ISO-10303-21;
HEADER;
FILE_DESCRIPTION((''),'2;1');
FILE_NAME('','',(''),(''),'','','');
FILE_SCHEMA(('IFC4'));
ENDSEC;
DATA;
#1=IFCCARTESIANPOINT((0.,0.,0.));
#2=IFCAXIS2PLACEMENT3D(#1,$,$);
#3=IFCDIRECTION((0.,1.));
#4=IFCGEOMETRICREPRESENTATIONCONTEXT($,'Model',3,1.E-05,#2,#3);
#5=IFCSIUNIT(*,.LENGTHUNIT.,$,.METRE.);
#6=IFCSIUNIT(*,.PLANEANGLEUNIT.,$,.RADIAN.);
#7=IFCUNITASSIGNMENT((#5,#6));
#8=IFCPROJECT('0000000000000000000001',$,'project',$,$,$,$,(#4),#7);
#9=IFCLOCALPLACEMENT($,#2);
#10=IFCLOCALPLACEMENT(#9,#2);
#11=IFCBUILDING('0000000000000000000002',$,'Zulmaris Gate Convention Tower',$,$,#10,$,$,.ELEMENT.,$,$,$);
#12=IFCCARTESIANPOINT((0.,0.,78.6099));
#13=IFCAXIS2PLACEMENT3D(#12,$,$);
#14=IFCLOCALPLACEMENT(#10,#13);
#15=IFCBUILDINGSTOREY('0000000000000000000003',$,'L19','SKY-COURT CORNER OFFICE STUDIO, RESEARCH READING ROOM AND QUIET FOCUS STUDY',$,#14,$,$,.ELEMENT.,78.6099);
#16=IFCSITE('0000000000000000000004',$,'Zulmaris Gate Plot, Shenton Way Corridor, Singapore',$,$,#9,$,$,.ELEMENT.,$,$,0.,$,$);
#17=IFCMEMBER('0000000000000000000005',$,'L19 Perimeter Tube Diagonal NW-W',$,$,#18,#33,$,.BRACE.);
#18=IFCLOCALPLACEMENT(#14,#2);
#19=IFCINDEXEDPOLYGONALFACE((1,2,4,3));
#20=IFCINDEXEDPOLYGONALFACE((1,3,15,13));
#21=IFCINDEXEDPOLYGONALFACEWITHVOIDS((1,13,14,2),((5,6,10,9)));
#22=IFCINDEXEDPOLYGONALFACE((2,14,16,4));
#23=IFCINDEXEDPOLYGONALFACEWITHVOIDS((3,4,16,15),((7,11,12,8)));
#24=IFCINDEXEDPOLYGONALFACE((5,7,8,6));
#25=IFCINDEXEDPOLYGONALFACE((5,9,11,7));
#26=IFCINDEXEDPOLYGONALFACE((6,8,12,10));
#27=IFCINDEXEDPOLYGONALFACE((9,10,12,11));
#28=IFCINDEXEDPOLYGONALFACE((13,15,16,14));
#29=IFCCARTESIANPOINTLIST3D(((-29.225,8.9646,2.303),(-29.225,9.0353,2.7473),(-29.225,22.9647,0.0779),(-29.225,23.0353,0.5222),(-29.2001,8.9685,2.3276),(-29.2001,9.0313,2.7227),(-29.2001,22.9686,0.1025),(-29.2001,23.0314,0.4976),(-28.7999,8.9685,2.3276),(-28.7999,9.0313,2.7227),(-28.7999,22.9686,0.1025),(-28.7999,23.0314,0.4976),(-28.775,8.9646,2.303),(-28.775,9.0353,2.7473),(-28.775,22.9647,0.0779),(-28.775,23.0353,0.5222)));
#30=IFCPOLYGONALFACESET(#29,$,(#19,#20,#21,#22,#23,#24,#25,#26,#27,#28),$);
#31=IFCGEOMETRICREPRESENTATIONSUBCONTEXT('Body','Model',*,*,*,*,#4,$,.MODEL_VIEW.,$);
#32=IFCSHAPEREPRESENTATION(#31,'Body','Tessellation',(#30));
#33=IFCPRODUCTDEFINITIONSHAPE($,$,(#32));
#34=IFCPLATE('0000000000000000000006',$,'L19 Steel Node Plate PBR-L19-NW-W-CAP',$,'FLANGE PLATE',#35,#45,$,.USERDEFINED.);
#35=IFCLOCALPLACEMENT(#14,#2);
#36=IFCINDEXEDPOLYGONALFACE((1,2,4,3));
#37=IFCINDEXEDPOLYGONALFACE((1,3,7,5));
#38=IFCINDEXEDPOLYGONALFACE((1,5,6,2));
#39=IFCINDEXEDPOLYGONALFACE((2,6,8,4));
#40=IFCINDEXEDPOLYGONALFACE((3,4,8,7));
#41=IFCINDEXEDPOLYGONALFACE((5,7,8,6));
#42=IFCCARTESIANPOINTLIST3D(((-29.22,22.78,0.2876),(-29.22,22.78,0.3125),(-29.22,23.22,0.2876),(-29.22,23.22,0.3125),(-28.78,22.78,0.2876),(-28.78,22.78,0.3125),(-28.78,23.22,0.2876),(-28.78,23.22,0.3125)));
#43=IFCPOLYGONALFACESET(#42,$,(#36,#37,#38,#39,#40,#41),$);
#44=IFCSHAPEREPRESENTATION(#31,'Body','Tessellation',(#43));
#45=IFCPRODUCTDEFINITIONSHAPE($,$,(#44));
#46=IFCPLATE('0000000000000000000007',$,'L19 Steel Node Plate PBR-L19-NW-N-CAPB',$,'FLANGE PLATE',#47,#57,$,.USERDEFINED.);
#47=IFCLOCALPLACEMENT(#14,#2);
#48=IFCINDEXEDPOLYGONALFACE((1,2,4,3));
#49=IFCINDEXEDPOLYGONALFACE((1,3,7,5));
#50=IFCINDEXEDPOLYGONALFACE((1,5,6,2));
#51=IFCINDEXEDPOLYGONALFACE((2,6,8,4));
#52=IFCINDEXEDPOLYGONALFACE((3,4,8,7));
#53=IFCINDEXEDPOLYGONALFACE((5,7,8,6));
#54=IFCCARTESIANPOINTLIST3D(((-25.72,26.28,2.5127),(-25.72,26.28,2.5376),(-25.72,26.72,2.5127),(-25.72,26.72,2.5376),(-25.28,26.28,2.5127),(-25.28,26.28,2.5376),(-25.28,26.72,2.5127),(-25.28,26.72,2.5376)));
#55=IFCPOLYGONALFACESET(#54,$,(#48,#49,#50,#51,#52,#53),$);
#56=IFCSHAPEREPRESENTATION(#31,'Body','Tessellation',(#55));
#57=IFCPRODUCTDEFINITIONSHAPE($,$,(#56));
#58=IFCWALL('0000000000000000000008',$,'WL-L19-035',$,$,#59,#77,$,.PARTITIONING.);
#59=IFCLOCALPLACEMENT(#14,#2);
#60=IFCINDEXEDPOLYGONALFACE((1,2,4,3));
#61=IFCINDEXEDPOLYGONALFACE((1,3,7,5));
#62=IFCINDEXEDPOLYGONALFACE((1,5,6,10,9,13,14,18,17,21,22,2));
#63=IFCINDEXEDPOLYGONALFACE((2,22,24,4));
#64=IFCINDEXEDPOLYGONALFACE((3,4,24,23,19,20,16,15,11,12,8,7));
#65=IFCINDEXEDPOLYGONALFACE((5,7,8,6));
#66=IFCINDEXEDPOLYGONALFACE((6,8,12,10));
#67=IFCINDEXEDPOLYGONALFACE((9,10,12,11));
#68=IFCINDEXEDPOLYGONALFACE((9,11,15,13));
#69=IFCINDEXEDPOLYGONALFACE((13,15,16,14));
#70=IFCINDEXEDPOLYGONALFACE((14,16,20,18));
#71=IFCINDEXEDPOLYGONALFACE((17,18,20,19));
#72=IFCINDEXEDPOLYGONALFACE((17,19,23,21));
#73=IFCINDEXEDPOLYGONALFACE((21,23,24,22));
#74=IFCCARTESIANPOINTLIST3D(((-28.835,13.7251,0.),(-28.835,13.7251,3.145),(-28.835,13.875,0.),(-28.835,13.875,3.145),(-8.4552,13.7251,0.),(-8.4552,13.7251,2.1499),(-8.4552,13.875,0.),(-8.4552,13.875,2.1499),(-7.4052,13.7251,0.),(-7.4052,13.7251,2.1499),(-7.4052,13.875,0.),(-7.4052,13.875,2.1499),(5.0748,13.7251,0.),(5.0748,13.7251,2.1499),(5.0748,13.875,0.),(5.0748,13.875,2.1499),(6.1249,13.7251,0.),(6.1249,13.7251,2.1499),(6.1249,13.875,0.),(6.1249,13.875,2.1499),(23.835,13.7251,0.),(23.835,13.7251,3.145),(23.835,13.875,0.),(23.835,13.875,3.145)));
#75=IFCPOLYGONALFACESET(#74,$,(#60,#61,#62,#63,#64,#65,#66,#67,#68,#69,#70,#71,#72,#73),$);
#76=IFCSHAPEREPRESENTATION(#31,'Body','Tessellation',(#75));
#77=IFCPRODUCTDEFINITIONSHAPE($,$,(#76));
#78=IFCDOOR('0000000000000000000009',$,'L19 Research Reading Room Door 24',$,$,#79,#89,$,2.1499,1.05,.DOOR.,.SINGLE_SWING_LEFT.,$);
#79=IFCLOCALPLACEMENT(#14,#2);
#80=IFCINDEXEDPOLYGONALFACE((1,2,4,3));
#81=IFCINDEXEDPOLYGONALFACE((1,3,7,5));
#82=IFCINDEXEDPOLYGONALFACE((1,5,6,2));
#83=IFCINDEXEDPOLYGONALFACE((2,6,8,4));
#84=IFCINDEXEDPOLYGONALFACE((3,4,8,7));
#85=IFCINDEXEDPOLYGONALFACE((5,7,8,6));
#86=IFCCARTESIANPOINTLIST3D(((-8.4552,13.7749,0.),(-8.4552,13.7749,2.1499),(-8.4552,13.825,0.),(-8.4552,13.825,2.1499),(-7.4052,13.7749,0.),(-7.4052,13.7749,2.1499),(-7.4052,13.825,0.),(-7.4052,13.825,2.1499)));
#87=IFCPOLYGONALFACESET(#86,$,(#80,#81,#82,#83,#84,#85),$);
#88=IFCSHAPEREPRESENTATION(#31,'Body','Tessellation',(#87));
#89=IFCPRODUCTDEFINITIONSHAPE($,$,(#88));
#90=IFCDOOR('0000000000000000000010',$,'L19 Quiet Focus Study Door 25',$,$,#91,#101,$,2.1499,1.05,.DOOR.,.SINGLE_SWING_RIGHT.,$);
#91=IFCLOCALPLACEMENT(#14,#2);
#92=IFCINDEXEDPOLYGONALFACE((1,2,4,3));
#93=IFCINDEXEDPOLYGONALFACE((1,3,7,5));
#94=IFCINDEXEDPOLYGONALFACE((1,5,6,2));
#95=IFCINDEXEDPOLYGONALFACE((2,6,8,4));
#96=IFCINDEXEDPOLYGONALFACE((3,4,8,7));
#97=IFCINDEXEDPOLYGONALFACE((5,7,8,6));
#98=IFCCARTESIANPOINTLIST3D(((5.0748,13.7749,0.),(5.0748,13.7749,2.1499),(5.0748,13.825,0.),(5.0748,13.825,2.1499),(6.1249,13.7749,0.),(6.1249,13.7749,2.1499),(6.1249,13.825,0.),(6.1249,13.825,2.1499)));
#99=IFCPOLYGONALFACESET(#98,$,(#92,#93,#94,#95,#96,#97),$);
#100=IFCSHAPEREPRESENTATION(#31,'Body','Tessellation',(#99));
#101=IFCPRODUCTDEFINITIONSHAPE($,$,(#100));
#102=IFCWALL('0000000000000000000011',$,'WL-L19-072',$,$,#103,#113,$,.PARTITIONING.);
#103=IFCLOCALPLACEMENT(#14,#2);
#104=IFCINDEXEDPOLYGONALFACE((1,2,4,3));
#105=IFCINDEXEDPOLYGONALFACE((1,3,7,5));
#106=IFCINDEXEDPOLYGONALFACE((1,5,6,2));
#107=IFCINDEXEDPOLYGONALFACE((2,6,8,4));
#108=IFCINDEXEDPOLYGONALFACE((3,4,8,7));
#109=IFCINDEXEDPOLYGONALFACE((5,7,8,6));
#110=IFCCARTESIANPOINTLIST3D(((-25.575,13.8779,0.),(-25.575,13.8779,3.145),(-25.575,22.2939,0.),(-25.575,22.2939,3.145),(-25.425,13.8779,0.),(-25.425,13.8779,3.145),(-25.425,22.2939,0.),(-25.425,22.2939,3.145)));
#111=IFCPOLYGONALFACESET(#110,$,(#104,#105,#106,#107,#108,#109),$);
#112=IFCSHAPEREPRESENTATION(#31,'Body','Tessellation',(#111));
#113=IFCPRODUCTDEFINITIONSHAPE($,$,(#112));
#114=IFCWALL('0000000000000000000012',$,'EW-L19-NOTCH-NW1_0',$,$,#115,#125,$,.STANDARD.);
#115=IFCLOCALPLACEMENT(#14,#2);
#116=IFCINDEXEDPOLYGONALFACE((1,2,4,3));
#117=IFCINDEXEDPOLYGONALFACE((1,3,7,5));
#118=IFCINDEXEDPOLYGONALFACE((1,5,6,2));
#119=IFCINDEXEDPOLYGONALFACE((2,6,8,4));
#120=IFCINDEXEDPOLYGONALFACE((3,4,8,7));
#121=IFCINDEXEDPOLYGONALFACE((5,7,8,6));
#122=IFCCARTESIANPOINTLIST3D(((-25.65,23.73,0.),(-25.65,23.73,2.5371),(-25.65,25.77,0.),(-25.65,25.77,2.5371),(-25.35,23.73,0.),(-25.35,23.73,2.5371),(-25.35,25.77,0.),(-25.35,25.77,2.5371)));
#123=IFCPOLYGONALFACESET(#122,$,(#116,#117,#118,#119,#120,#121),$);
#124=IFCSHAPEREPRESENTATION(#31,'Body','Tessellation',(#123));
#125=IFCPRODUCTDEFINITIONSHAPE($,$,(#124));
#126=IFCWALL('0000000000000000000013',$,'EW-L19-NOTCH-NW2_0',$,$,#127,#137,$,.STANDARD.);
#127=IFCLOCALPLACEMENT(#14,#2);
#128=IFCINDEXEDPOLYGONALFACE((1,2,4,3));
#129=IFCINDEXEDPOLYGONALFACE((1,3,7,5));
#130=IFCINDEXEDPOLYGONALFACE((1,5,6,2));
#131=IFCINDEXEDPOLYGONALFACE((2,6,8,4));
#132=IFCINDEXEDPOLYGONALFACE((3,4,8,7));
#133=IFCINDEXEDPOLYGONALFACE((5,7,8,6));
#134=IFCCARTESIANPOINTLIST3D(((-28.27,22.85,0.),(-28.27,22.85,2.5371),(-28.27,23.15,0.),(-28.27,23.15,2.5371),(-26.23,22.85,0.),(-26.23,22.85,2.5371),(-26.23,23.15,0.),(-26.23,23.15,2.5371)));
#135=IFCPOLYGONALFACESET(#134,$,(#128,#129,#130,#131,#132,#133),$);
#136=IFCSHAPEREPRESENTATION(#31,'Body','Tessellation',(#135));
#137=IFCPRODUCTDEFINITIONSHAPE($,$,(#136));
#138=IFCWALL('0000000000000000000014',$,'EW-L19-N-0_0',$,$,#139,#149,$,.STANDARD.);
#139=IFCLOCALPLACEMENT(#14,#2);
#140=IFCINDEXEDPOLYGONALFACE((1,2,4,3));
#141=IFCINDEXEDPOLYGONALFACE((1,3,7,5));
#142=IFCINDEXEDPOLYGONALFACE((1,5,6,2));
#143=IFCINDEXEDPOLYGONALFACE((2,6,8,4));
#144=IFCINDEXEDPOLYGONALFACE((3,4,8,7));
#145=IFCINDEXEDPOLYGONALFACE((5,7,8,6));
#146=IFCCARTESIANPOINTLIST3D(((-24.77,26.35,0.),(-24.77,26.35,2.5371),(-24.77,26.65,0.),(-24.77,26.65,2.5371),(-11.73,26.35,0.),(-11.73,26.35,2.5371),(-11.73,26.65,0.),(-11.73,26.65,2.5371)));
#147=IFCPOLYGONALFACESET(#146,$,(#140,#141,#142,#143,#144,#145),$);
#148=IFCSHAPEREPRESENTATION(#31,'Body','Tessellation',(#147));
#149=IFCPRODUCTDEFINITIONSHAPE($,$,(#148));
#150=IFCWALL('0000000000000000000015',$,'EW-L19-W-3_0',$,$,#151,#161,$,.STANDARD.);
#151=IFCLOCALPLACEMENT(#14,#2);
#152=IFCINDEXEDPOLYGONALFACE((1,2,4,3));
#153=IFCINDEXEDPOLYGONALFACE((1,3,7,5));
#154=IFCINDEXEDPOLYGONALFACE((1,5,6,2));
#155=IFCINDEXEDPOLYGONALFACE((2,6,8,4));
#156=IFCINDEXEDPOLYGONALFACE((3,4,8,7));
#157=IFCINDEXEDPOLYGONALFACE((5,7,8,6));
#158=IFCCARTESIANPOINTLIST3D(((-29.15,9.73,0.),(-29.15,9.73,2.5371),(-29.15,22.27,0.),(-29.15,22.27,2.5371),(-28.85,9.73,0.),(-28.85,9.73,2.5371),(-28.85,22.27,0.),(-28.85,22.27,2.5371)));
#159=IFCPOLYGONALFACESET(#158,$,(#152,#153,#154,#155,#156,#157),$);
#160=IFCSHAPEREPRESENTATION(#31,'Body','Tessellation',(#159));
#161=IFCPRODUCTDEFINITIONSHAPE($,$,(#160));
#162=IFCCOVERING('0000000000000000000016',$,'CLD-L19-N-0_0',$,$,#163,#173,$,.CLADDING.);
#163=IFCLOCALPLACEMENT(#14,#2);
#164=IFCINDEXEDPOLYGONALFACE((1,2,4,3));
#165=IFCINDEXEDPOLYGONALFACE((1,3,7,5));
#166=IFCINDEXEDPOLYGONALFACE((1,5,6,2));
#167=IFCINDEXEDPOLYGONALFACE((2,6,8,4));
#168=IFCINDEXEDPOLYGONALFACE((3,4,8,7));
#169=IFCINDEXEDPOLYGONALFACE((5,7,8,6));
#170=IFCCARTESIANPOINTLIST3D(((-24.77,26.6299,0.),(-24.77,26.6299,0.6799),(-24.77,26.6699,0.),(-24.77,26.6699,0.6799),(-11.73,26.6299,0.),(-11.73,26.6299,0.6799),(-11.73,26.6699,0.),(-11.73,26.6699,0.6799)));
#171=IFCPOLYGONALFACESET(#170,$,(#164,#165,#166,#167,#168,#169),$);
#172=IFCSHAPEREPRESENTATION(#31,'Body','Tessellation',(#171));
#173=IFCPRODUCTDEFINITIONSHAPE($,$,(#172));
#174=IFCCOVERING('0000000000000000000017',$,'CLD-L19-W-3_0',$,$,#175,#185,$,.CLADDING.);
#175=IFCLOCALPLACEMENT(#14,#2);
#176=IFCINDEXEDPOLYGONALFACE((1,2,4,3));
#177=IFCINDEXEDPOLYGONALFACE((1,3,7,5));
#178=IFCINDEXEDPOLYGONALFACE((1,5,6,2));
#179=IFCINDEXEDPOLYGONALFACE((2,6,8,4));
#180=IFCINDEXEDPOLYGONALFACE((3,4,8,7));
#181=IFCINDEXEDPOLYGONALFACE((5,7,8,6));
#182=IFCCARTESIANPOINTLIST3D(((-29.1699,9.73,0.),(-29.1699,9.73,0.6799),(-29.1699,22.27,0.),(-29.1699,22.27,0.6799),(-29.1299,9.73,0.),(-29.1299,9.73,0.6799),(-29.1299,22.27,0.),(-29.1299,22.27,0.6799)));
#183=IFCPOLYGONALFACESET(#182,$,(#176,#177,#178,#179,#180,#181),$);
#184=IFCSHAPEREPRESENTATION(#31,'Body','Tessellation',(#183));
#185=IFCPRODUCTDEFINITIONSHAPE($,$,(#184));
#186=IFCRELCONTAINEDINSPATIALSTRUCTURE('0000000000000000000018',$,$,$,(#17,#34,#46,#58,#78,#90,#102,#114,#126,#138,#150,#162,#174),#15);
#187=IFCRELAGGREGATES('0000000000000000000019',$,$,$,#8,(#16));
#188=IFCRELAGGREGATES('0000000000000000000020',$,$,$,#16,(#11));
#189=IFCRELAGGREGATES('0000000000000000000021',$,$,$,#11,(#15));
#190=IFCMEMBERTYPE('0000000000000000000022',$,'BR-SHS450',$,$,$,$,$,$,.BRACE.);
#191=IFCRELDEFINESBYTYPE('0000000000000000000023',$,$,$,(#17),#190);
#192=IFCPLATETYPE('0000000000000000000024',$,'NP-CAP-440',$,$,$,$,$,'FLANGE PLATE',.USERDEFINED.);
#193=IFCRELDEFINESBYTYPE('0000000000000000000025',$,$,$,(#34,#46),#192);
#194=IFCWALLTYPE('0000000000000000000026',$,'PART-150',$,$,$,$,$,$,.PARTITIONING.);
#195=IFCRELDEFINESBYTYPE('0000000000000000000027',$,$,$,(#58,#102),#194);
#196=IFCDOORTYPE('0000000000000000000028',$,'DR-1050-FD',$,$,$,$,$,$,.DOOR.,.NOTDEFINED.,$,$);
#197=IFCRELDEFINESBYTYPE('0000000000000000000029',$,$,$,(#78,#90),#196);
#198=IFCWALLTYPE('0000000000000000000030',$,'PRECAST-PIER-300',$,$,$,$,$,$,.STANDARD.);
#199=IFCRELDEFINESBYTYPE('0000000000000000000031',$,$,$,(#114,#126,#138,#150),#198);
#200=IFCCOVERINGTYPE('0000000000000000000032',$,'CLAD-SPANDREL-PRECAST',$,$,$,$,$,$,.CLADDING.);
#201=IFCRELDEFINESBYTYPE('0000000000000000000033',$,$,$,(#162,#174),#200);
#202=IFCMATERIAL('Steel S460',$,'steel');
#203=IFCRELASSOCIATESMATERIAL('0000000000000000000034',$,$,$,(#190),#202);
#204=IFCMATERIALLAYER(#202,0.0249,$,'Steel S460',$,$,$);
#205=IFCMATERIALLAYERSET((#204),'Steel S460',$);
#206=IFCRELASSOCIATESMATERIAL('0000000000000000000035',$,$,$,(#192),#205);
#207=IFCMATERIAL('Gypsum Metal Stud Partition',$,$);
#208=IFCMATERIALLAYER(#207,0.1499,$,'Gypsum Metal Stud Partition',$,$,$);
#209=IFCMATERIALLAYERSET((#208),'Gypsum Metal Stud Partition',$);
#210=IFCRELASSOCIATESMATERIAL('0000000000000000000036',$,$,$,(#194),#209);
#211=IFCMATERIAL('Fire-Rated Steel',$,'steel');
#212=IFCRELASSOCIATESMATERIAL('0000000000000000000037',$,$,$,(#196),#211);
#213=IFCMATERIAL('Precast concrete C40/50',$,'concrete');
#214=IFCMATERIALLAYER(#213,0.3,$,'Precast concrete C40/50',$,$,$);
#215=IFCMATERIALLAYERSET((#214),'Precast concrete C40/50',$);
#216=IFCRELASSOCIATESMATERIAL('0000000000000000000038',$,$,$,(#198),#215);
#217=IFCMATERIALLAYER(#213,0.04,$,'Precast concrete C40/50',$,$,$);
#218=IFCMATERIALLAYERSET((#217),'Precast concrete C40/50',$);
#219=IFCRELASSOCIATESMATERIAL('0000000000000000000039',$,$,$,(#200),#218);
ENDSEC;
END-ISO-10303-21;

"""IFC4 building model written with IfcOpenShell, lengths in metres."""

from ifc_helpers import new_model, si_unit, direction, frame, frame_2d, origin, origin_2d, place, context, subcontext, project, spatial, rectangle, hollow_rectangle, extrude, material, layer, layer_set, material_profile, profile_set, type_object, element, fill, save


model = new_model("IFC4")

# Units and contexts
model_context = context("Model", 3, precision=1e-05, world=origin(), true_north=direction((0.0, 1.0)))
body_context = subcontext(model_context, "Body", "Model", "MODEL_VIEW")
ifc_project = project(units=[si_unit("LENGTHUNIT", "METRE"), si_unit("PLANEANGLEUNIT", "RADIAN")], contexts=[model_context])

# Site, building, storey
site_placement = place(None, origin())
site = spatial("IfcSite", under=ifc_project, at=site_placement, Name="Zulmaris Gate Plot, Shenton Way Corridor, Singapore", CompositionType="ELEMENT", RefElevation=0.0)
building_placement = place(site_placement, origin())
building = spatial("IfcBuilding", under=site, at=building_placement, Name="Zulmaris Gate Convention Tower", CompositionType="ELEMENT")
storey_placement = place(building_placement, frame((0.0, 0.0, 78.6099)))
storey = spatial("IfcBuildingStorey", under=building, at=storey_placement, Name="L19", Description="SKY-COURT CORNER OFFICE STUDIO, RESEARCH READING ROOM AND QUIET FOCUS STUDY", CompositionType="ELEMENT", Elevation=78.6099)

# Member
ifc_material_1 = material(Name="Steel S460", Category="steel")
ifc_material_profile_1 = material_profile(ifc_material_1, hollow_rectangle(XDim=0.45, YDim=0.45, WallThickness=0.0249, at=origin_2d()), Name="SHS 450x450x25")
ifc_profile_set_1 = profile_set([ifc_material_profile_1], Name="Steel S460")
member_type = type_object("IfcMemberType", Name="BR-SHS450", PredefinedType="BRACE", material=ifc_profile_set_1)
member_placement = place(storey_placement, frame((-29.0, 23.0, 0.3), z_axis=(0.0, -0.987604, 0.156965), x_axis=(1.0, 0.0, 0.0)))
element("IfcMember", 1, at=member_placement, inside=storey, type_object=member_type, Name="L19 Perimeter Tube Diagonal NW-W", PredefinedType="BRACE", context=body_context, shape_type="SweptSolid", body=[
    extrude(hollow_rectangle(XDim=0.45, YDim=0.45, WallThickness=0.0249, at=origin_2d()), origin(), (0.0, 0.0, 1.0), 14.1758),
])

# Plates
ifc_layer_1 = layer(ifc_material_1, 0.0249, Name="Steel S460")
ifc_layer_set_1 = layer_set([ifc_layer_1], Name="Steel S460")
plate_type = type_object("IfcPlateType", Name="NP-CAP-440", ElementType="FLANGE PLATE", PredefinedType="USERDEFINED", material=ifc_layer_set_1)
for number, where, z_axis, x_axis, name in (
    (2, (-29.0, 23.0, 0.2876), (0.0, 0.0, 1.0), (1.0, 0.0, 0.0), "L19 Steel Node Plate PBR-L19-NW-W-CAP"),
    (3, (-25.5, 26.5, 2.5127), (0.0, 0.0, 1.0), (1.0, 0.0, 0.0), "L19 Steel Node Plate PBR-L19-NW-N-CAPB"),
):
    element("IfcPlate", number, at=place(storey_placement, frame(where, z_axis=z_axis, x_axis=x_axis)), inside=storey, type_object=plate_type, Name=name, ObjectType="FLANGE PLATE", PredefinedType="USERDEFINED", context=body_context, shape_type="SweptSolid", body=[
        extrude(rectangle(XDim=0.4399, YDim=0.4399, at=origin_2d()), origin(), (0.0, 0.0, 1.0), 0.0249),
    ])

# Shared definitions
ifc_material_2 = material(Name="Fire-Rated Steel", Category="steel")

# Wall, openings, doors
ifc_material_3 = material(Name="Gypsum Metal Stud Partition")
ifc_layer_2 = layer(ifc_material_3, 0.1499, Name="Gypsum Metal Stud Partition")
ifc_layer_set_2 = layer_set([ifc_layer_2], Name="Gypsum Metal Stud Partition")
wall_type_1 = type_object("IfcWallType", Name="PART-150", PredefinedType="PARTITIONING", material=ifc_layer_set_2)
wall_1_placement = place(storey_placement, frame((-28.835, 13.8, 0.0), z_axis=(0.0, 0.0, 1.0), x_axis=(1.0, 0.0, 0.0)))
wall_1 = element("IfcWall", 4, at=wall_1_placement, inside=storey, type_object=wall_type_1, Name="WL-L19-035", PredefinedType="PARTITIONING", context=body_context, shape_type="SweptSolid", body=[
    extrude(rectangle(XDim=52.6699, YDim=0.1499, at=frame_2d((26.335, 0.0))), origin(), (0.0, 0.0, 1.0), 3.145),
])
opening_1_placement = place(wall_1_placement, frame((20.3799, 0.0, 0.0)))
opening_1 = element("IfcOpeningElement", 5, at=opening_1_placement, cuts=wall_1, PredefinedType="OPENING", context=body_context, shape_type="SweptSolid", body=[
    extrude(rectangle(XDim=1.05, YDim=2.1499, at=frame_2d((0.5249, 1.075))), frame((0.0, 0.085, 0.0), z_axis=(0.0, -1.0, 0.0), x_axis=(1.0, 0.0, 0.0)), (0.0, 0.0, 1.0), 0.1699),
])
opening_2_placement = place(wall_1_placement, frame((33.9099, 0.0, 0.0)))
opening_2 = element("IfcOpeningElement", 6, at=opening_2_placement, cuts=wall_1, PredefinedType="OPENING", context=body_context, shape_type="SweptSolid", body=[
    extrude(rectangle(XDim=1.05, YDim=2.1499, at=frame_2d((0.5249, 1.075))), frame((0.0, 0.085, 0.0), z_axis=(0.0, -1.0, 0.0), x_axis=(1.0, 0.0, 0.0)), (0.0, 0.0, 1.0), 0.1699),
])
door_type_1 = type_object("IfcDoorType", Name="DR-1050-FD", OperationType="NOTDEFINED", PredefinedType="DOOR", material=ifc_material_2)
door_1_placement = place(opening_1_placement, origin())
door_1 = element("IfcDoor", 7, at=door_1_placement, inside=storey, type_object=door_type_1, Name="L19 Research Reading Room Door 24", OperationType="SINGLE_SWING_LEFT", OverallHeight=2.1499, OverallWidth=1.05, PredefinedType="DOOR", context=body_context, shape_type="SweptSolid", body=[
    extrude(rectangle(XDim=1.05, YDim=2.1499, at=frame_2d((0.5249, 1.075))), frame((0.0, 0.0249, 0.0), z_axis=(0.0, -1.0, 0.0), x_axis=(1.0, 0.0, 0.0)), (0.0, 0.0, 1.0), 0.05),
])
fill(opening_1, door_1)
door_2_placement = place(opening_2_placement, origin())
door_2 = element("IfcDoor", 8, at=door_2_placement, inside=storey, type_object=door_type_1, Name="L19 Quiet Focus Study Door 25", OperationType="SINGLE_SWING_RIGHT", OverallHeight=2.1499, OverallWidth=1.05, PredefinedType="DOOR", context=body_context, shape_type="SweptSolid", body=[
    extrude(rectangle(XDim=1.05, YDim=2.1499, at=frame_2d((0.5249, 1.075))), frame((0.0, 0.0249, 0.0), z_axis=(0.0, -1.0, 0.0), x_axis=(1.0, 0.0, 0.0)), (0.0, 0.0, 1.0), 0.05),
])
fill(opening_2, door_2)

# Wall
wall_2_placement = place(storey_placement, frame((-25.5, 13.8779, 0.0), z_axis=(0.0, 0.0, 1.0), x_axis=(0.0, 1.0, 0.0)))
element("IfcWall", 9, at=wall_2_placement, inside=storey, type_object=wall_type_1, Name="WL-L19-072", PredefinedType="PARTITIONING", context=body_context, shape_type="SweptSolid", body=[
    extrude(rectangle(XDim=8.416, YDim=0.1499, at=frame_2d((4.208, 0.0))), origin(), (0.0, 0.0, 1.0), 3.145),
])

# Walls
ifc_material_4 = material(Name="Precast concrete C40/50", Category="concrete")
ifc_layer_3 = layer(ifc_material_4, 0.3, Name="Precast concrete C40/50")
ifc_layer_set_3 = layer_set([ifc_layer_3], Name="Precast concrete C40/50")
wall_type_2 = type_object("IfcWallType", Name="PRECAST-PIER-300", PredefinedType="STANDARD", material=ifc_layer_set_3)
for number, where, z_axis, x_axis, name in (
    (10, (-25.5, 25.77, 0.0), (0.0, 0.0, 1.0), (0.0, -1.0, 0.0), "EW-L19-NOTCH-NW1_0"),
    (11, (-26.23, 23.0, 0.0), (0.0, 0.0, 1.0), (-1.0, 0.0, 0.0), "EW-L19-NOTCH-NW2_0"),
):
    element("IfcWall", number, at=place(storey_placement, frame(where, z_axis=z_axis, x_axis=x_axis)), inside=storey, type_object=wall_type_2, Name=name, PredefinedType="STANDARD", context=body_context, shape_type="SweptSolid", body=[
        extrude(rectangle(XDim=2.04, YDim=0.3, at=frame_2d((1.02, 0.0))), origin(), (0.0, 0.0, 1.0), 2.5371),
    ])
wall_3_placement = place(storey_placement, frame((-11.73, 26.5, 0.0), z_axis=(0.0, 0.0, 1.0), x_axis=(-1.0, 0.0, 0.0)))
element("IfcWall", 12, at=wall_3_placement, inside=storey, type_object=wall_type_2, Name="EW-L19-N-0_0", PredefinedType="STANDARD", context=body_context, shape_type="SweptSolid", body=[
    extrude(rectangle(XDim=13.04, YDim=0.3, at=frame_2d((6.52, 0.0))), origin(), (0.0, 0.0, 1.0), 2.5371),
])
wall_4_placement = place(storey_placement, frame((-29.0, 22.27, 0.0), z_axis=(0.0, 0.0, 1.0), x_axis=(0.0, -1.0, 0.0)))
element("IfcWall", 13, at=wall_4_placement, inside=storey, type_object=wall_type_2, Name="EW-L19-W-3_0", PredefinedType="STANDARD", context=body_context, shape_type="SweptSolid", body=[
    extrude(rectangle(XDim=12.54, YDim=0.3, at=frame_2d((6.27, 0.0))), origin(), (0.0, 0.0, 1.0), 2.5371),
])

# Coverings
ifc_layer_4 = layer(ifc_material_4, 0.04, Name="Precast concrete C40/50")
ifc_layer_set_4 = layer_set([ifc_layer_4], Name="Precast concrete C40/50")
covering_type_1 = type_object("IfcCoveringType", Name="CLAD-SPANDREL-PRECAST", PredefinedType="CLADDING", material=ifc_layer_set_4)
covering_1_placement = place(storey_placement, frame((-11.73, 26.6499, 0.0), z_axis=(0.0, 0.0, 1.0), x_axis=(-1.0, 0.0, 0.0)))
element("IfcCovering", 14, at=covering_1_placement, inside=storey, type_object=covering_type_1, Name="CLD-L19-N-0_0", PredefinedType="CLADDING", context=body_context, shape_type="SweptSolid", body=[
    extrude(rectangle(XDim=13.04, YDim=0.04, at=frame_2d((6.52, 0.0))), origin(), (0.0, 0.0, 1.0), 0.6799),
])
covering_2_placement = place(storey_placement, frame((-29.1499, 22.27, 0.0), z_axis=(0.0, 0.0, 1.0), x_axis=(0.0, -1.0, 0.0)))
element("IfcCovering", 15, at=covering_2_placement, inside=storey, type_object=covering_type_1, Name="CLD-L19-W-3_0", PredefinedType="CLADDING", context=body_context, shape_type="SweptSolid", body=[
    extrude(rectangle(XDim=12.54, YDim=0.04, at=frame_2d((6.27, 0.0))), origin(), (0.0, 0.0, 1.0), 0.6799),
])

save(model, "model.ifc")
